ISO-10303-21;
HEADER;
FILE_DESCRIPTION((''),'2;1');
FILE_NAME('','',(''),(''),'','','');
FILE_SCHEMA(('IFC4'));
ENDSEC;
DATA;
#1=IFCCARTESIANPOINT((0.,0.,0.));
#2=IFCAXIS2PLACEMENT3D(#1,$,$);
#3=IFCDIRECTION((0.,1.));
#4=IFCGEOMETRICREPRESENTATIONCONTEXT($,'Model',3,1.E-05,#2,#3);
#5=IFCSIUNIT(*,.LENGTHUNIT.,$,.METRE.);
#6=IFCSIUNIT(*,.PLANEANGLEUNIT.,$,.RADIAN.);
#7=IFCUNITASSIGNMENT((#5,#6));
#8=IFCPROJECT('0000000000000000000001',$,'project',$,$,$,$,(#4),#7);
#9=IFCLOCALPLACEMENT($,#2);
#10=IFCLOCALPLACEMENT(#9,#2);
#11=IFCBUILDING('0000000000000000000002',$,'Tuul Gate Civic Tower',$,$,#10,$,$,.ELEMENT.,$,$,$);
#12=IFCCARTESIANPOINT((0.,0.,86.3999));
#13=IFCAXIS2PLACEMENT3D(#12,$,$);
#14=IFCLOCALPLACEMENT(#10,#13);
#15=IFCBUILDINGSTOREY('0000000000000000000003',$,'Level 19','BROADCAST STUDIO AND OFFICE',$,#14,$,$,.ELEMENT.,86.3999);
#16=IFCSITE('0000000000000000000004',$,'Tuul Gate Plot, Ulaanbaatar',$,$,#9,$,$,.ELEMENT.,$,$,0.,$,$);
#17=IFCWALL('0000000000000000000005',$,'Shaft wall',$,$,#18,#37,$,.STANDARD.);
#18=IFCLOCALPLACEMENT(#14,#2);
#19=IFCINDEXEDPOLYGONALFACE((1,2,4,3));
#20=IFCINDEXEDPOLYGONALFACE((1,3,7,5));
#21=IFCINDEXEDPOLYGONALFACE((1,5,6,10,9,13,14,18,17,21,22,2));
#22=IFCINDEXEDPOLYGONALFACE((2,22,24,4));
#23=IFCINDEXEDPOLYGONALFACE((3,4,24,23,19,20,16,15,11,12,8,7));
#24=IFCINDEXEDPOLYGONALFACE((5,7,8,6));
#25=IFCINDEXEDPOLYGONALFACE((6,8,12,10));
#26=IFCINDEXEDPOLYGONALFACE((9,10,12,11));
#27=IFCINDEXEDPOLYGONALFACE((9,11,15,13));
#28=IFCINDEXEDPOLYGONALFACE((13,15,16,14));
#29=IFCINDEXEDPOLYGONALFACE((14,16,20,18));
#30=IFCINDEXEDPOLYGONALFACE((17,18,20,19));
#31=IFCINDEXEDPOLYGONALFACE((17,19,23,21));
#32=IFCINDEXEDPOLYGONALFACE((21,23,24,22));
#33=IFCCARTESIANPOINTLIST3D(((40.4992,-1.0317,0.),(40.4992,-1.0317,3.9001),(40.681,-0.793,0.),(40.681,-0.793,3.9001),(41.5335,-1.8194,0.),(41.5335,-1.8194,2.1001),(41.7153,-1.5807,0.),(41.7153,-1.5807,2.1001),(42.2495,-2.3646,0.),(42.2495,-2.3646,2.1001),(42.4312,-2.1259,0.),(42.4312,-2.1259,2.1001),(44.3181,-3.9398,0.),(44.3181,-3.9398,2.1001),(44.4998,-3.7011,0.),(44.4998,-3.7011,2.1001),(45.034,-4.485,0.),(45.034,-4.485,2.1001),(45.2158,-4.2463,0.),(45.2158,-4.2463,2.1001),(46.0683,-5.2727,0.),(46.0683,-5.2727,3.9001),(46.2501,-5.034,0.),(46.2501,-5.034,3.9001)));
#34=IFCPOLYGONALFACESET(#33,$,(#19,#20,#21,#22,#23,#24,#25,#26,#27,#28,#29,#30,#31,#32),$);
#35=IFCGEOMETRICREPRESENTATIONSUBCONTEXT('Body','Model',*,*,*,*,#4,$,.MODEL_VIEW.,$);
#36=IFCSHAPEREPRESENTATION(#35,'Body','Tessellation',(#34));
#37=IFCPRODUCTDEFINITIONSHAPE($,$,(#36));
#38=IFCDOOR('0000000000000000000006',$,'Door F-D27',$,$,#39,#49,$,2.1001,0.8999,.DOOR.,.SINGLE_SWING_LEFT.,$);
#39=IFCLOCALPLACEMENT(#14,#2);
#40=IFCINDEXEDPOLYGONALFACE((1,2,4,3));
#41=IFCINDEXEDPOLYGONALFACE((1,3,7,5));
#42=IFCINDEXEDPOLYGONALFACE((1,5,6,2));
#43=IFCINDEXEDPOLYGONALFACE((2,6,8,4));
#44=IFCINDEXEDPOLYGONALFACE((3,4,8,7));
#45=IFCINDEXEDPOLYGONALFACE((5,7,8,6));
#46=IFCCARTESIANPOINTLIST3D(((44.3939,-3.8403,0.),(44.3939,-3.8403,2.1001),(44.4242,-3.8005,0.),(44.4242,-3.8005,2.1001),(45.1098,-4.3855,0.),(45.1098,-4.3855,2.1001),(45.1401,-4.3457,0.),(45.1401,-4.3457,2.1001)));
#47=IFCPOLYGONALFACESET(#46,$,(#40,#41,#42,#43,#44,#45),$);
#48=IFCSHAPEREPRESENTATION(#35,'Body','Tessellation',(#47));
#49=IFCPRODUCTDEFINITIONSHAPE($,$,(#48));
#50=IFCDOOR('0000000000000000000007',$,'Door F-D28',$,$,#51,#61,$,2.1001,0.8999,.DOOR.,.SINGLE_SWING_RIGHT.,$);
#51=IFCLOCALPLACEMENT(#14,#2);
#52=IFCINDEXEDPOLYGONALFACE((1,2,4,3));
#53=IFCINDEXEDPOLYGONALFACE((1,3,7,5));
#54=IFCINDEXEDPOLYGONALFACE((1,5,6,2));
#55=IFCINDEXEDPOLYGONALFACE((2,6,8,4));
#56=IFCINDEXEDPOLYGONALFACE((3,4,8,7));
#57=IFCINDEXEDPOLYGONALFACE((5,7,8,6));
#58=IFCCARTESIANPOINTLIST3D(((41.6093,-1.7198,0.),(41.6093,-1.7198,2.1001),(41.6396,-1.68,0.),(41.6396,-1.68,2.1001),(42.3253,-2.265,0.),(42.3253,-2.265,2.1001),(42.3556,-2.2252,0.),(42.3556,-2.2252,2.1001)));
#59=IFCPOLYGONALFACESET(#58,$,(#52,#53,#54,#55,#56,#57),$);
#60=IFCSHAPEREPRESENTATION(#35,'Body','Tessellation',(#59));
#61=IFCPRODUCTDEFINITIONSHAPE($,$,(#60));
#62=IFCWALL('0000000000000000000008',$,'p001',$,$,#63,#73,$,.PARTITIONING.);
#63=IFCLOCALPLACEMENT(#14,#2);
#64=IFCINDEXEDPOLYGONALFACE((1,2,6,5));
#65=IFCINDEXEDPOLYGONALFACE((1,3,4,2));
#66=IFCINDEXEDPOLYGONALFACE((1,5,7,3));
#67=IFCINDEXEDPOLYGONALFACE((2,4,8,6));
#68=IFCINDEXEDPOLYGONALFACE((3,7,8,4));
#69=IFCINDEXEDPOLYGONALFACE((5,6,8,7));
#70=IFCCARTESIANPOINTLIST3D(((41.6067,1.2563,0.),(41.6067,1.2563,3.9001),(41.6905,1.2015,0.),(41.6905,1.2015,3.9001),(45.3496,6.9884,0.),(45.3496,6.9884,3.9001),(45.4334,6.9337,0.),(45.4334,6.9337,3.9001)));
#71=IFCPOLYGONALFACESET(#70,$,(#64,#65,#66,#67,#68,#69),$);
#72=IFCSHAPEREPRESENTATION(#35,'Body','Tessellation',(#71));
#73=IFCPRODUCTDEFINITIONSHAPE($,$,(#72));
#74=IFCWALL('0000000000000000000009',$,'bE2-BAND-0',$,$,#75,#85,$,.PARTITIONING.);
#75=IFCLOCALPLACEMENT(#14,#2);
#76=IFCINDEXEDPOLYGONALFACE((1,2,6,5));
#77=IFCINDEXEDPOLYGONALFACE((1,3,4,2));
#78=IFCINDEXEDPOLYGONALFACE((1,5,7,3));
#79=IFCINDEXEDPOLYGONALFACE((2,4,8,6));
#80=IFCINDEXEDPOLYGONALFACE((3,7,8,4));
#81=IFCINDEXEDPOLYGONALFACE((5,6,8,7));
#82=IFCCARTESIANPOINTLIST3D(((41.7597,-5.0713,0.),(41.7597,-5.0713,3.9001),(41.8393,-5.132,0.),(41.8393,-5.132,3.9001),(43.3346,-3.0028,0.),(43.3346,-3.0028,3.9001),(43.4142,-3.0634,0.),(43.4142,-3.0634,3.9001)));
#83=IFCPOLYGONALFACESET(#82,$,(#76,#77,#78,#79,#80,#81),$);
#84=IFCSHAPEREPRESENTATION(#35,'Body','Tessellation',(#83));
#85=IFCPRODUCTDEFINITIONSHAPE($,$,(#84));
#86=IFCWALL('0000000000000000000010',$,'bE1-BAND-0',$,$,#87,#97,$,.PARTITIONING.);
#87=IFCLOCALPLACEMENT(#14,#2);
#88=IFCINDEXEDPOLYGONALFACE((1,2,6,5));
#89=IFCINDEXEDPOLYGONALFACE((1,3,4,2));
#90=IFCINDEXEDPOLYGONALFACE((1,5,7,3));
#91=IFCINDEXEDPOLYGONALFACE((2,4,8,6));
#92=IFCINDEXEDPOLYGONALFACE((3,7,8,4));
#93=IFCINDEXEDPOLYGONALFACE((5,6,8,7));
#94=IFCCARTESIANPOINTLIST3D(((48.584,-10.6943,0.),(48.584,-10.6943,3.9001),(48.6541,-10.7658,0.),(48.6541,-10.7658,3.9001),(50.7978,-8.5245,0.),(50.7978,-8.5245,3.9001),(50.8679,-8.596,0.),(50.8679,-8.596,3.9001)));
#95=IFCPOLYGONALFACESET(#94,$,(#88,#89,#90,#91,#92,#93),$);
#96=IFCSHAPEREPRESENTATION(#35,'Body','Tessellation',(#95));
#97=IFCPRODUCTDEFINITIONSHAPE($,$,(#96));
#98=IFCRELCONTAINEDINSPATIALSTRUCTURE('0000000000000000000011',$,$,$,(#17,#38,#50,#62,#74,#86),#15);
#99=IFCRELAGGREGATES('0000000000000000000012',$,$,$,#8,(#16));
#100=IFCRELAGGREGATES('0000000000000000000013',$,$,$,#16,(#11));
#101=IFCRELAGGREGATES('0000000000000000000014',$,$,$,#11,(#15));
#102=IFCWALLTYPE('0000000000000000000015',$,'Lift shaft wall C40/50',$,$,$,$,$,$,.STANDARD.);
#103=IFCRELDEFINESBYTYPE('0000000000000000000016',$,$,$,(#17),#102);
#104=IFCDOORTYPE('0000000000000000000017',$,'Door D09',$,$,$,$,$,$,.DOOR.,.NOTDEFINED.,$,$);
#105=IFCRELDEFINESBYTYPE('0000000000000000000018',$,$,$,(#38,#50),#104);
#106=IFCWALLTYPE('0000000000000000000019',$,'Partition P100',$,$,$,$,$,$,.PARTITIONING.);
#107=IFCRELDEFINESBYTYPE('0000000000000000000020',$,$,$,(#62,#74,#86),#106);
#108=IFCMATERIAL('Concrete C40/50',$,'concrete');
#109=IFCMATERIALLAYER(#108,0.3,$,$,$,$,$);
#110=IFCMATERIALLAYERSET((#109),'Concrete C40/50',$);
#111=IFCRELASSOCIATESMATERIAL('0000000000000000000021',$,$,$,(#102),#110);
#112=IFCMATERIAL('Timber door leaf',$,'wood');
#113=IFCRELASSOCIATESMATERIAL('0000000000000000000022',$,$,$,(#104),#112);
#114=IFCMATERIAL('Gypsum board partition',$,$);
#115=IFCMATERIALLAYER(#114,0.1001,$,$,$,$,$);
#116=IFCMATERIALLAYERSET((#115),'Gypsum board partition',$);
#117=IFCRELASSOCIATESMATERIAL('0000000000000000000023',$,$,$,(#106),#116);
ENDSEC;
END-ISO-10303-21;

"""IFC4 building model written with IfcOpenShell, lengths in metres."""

from ifc_helpers import new_model, si_unit, direction, frame, frame_2d, origin, place, context, subcontext, project, spatial, rectangle, extrude, material, layer, layer_set, type_object, element, fill, save


model = new_model("IFC4")

# Units and contexts
model_context = context("Model", 3, precision=1e-05, world=origin(), true_north=direction((0.0, 1.0)))
body_context = subcontext(model_context, "Body", "Model", "MODEL_VIEW")
ifc_project = project(units=[si_unit("LENGTHUNIT", "METRE"), si_unit("PLANEANGLEUNIT", "RADIAN")], contexts=[model_context])

# Site, building, storey
site_placement = place(None, origin())
site = spatial("IfcSite", under=ifc_project, at=site_placement, Name="Tuul Gate Plot, Ulaanbaatar", CompositionType="ELEMENT", RefElevation=0.0)
building_placement = place(site_placement, origin())
building = spatial("IfcBuilding", under=site, at=building_placement, Name="Tuul Gate Civic Tower", CompositionType="ELEMENT")
storey_placement = place(building_placement, frame((0.0, 0.0, 86.3999)))
storey = spatial("IfcBuildingStorey", under=building, at=storey_placement, Name="Level 19", Description="BROADCAST STUDIO AND OFFICE", CompositionType="ELEMENT", Elevation=86.3999)

# Shared definitions
ifc_material_1 = material(Name="Concrete C40/50", Category="concrete")
ifc_layer_1 = layer(ifc_material_1, 0.3)
ifc_layer_set_1 = layer_set([ifc_layer_1], Name="Concrete C40/50")
wall_type_1 = type_object("IfcWallType", Name="Lift shaft wall C40/50", PredefinedType="STANDARD", material=ifc_layer_set_1)

# Wall, openings, doors
wall_1_placement = place(storey_placement, frame((46.1592, -5.1533, 0.0), z_axis=(0.0, 0.0, 1.0), x_axis=(-0.79558, 0.605849, 0.0)))
wall_1 = element("IfcWall", 1, at=wall_1_placement, inside=storey, type_object=wall_type_1, Name="Shaft wall", PredefinedType="STANDARD", context=body_context, shape_type="SweptSolid", body=[
    extrude(rectangle(XDim=7.0, YDim=0.3, at=frame_2d((3.5, 0.0))), origin(), (0.0, 0.0, 1.0), 3.9001),
])
opening_1_placement = place(wall_1_placement, frame((1.3, 0.0, 0.0)))
opening_1 = element("IfcOpeningElement", 2, at=opening_1_placement, cuts=wall_1, PredefinedType="OPENING", context=body_context, shape_type="SweptSolid", body=[
    extrude(rectangle(XDim=0.8999, YDim=2.1001, at=frame_2d((0.45, 1.05))), frame((0.0, 0.1602, 0.0), z_axis=(0.0, -1.0, 0.0), x_axis=(1.0, 0.0, 0.0)), (0.0, 0.0, 1.0), 0.3201),
])
opening_2_placement = place(wall_1_placement, frame((4.8, 0.0, 0.0)))
opening_2 = element("IfcOpeningElement", 3, at=opening_2_placement, cuts=wall_1, PredefinedType="OPENING", context=body_context, shape_type="SweptSolid", body=[
    extrude(rectangle(XDim=0.8999, YDim=2.1001, at=frame_2d((0.45, 1.05))), frame((0.0, 0.1602, 0.0), z_axis=(0.0, -1.0, 0.0), x_axis=(1.0, 0.0, 0.0)), (0.0, 0.0, 1.0), 0.3201),
])
ifc_material_2 = material(Name="Timber door leaf", Category="wood")
door_type_1 = type_object("IfcDoorType", Name="Door D09", OperationType="NOTDEFINED", PredefinedType="DOOR", material=ifc_material_2)
door_1_placement = place(opening_1_placement, origin())
door_1 = element("IfcDoor", 4, at=door_1_placement, inside=storey, type_object=door_type_1, Name="Door F-D27", OperationType="SINGLE_SWING_LEFT", OverallHeight=2.1001, OverallWidth=0.8999, PredefinedType="DOOR", context=body_context, shape_type="SweptSolid", body=[
    extrude(rectangle(XDim=0.8999, YDim=2.1001, at=frame_2d((0.45, 1.05))), frame((0.0, 0.0249, 0.0), z_axis=(0.0, -1.0, 0.0), x_axis=(1.0, 0.0, 0.0)), (0.0, 0.0, 1.0), 0.05),
])
fill(opening_1, door_1)
door_2_placement = place(opening_2_placement, origin())
door_2 = element("IfcDoor", 5, at=door_2_placement, inside=storey, type_object=door_type_1, Name="Door F-D28", OperationType="SINGLE_SWING_RIGHT", OverallHeight=2.1001, OverallWidth=0.8999, PredefinedType="DOOR", context=body_context, shape_type="SweptSolid", body=[
    extrude(rectangle(XDim=0.8999, YDim=2.1001, at=frame_2d((0.45, 1.05))), frame((0.0, 0.0249, 0.0), z_axis=(0.0, -1.0, 0.0), x_axis=(1.0, 0.0, 0.0)), (0.0, 0.0, 1.0), 0.05),
])
fill(opening_2, door_2)

# Walls
ifc_material_3 = material(Name="Gypsum board partition")
ifc_layer_2 = layer(ifc_material_3, 0.1001)
ifc_layer_set_2 = layer_set([ifc_layer_2], Name="Gypsum board partition")
wall_type_2 = type_object("IfcWallType", Name="Partition P100", PredefinedType="PARTITIONING", material=ifc_layer_set_2)
wall_2_placement = place(storey_placement, frame((41.6487, 1.229, 0.0), z_axis=(0.0, 0.0, 1.0), x_axis=(0.546733, 0.837307, 0.0)))
element("IfcWall", 6, at=wall_2_placement, inside=storey, type_object=wall_type_2, Name="p001", PredefinedType="PARTITIONING", context=body_context, shape_type="SweptSolid", body=[
    extrude(rectangle(XDim=6.8459, YDim=0.1001, at=frame_2d((3.4229, 0.0))), origin(), (0.0, 0.0, 1.0), 3.9001),
])
wall_3_placement = place(storey_placement, frame((41.7996, -5.1016, 0.0), z_axis=(0.0, 0.0, 1.0), x_axis=(0.605769, 0.795641, 0.0)))
element("IfcWall", 7, at=wall_3_placement, inside=storey, type_object=wall_type_2, Name="bE2-BAND-0", PredefinedType="PARTITIONING", context=body_context, shape_type="SweptSolid", body=[
    extrude(rectangle(XDim=2.5999, YDim=0.1001, at=frame_2d((1.2998, 0.0))), origin(), (0.0, 0.0, 1.0), 3.9001),
])
wall_4_placement = place(storey_placement, frame((48.6191, -10.73, 0.0), z_axis=(0.0, 0.0, 1.0), x_axis=(0.714159, 0.699983, 0.0)))
element("IfcWall", 8, at=wall_4_placement, inside=storey, type_object=wall_type_2, Name="bE1-BAND-0", PredefinedType="PARTITIONING", context=body_context, shape_type="SweptSolid", body=[
    extrude(rectangle(XDim=3.0999, YDim=0.1001, at=frame_2d((1.5498, 0.0))), origin(), (0.0, 0.0, 1.0), 3.9001),
])

save(model, "model.ifc")
